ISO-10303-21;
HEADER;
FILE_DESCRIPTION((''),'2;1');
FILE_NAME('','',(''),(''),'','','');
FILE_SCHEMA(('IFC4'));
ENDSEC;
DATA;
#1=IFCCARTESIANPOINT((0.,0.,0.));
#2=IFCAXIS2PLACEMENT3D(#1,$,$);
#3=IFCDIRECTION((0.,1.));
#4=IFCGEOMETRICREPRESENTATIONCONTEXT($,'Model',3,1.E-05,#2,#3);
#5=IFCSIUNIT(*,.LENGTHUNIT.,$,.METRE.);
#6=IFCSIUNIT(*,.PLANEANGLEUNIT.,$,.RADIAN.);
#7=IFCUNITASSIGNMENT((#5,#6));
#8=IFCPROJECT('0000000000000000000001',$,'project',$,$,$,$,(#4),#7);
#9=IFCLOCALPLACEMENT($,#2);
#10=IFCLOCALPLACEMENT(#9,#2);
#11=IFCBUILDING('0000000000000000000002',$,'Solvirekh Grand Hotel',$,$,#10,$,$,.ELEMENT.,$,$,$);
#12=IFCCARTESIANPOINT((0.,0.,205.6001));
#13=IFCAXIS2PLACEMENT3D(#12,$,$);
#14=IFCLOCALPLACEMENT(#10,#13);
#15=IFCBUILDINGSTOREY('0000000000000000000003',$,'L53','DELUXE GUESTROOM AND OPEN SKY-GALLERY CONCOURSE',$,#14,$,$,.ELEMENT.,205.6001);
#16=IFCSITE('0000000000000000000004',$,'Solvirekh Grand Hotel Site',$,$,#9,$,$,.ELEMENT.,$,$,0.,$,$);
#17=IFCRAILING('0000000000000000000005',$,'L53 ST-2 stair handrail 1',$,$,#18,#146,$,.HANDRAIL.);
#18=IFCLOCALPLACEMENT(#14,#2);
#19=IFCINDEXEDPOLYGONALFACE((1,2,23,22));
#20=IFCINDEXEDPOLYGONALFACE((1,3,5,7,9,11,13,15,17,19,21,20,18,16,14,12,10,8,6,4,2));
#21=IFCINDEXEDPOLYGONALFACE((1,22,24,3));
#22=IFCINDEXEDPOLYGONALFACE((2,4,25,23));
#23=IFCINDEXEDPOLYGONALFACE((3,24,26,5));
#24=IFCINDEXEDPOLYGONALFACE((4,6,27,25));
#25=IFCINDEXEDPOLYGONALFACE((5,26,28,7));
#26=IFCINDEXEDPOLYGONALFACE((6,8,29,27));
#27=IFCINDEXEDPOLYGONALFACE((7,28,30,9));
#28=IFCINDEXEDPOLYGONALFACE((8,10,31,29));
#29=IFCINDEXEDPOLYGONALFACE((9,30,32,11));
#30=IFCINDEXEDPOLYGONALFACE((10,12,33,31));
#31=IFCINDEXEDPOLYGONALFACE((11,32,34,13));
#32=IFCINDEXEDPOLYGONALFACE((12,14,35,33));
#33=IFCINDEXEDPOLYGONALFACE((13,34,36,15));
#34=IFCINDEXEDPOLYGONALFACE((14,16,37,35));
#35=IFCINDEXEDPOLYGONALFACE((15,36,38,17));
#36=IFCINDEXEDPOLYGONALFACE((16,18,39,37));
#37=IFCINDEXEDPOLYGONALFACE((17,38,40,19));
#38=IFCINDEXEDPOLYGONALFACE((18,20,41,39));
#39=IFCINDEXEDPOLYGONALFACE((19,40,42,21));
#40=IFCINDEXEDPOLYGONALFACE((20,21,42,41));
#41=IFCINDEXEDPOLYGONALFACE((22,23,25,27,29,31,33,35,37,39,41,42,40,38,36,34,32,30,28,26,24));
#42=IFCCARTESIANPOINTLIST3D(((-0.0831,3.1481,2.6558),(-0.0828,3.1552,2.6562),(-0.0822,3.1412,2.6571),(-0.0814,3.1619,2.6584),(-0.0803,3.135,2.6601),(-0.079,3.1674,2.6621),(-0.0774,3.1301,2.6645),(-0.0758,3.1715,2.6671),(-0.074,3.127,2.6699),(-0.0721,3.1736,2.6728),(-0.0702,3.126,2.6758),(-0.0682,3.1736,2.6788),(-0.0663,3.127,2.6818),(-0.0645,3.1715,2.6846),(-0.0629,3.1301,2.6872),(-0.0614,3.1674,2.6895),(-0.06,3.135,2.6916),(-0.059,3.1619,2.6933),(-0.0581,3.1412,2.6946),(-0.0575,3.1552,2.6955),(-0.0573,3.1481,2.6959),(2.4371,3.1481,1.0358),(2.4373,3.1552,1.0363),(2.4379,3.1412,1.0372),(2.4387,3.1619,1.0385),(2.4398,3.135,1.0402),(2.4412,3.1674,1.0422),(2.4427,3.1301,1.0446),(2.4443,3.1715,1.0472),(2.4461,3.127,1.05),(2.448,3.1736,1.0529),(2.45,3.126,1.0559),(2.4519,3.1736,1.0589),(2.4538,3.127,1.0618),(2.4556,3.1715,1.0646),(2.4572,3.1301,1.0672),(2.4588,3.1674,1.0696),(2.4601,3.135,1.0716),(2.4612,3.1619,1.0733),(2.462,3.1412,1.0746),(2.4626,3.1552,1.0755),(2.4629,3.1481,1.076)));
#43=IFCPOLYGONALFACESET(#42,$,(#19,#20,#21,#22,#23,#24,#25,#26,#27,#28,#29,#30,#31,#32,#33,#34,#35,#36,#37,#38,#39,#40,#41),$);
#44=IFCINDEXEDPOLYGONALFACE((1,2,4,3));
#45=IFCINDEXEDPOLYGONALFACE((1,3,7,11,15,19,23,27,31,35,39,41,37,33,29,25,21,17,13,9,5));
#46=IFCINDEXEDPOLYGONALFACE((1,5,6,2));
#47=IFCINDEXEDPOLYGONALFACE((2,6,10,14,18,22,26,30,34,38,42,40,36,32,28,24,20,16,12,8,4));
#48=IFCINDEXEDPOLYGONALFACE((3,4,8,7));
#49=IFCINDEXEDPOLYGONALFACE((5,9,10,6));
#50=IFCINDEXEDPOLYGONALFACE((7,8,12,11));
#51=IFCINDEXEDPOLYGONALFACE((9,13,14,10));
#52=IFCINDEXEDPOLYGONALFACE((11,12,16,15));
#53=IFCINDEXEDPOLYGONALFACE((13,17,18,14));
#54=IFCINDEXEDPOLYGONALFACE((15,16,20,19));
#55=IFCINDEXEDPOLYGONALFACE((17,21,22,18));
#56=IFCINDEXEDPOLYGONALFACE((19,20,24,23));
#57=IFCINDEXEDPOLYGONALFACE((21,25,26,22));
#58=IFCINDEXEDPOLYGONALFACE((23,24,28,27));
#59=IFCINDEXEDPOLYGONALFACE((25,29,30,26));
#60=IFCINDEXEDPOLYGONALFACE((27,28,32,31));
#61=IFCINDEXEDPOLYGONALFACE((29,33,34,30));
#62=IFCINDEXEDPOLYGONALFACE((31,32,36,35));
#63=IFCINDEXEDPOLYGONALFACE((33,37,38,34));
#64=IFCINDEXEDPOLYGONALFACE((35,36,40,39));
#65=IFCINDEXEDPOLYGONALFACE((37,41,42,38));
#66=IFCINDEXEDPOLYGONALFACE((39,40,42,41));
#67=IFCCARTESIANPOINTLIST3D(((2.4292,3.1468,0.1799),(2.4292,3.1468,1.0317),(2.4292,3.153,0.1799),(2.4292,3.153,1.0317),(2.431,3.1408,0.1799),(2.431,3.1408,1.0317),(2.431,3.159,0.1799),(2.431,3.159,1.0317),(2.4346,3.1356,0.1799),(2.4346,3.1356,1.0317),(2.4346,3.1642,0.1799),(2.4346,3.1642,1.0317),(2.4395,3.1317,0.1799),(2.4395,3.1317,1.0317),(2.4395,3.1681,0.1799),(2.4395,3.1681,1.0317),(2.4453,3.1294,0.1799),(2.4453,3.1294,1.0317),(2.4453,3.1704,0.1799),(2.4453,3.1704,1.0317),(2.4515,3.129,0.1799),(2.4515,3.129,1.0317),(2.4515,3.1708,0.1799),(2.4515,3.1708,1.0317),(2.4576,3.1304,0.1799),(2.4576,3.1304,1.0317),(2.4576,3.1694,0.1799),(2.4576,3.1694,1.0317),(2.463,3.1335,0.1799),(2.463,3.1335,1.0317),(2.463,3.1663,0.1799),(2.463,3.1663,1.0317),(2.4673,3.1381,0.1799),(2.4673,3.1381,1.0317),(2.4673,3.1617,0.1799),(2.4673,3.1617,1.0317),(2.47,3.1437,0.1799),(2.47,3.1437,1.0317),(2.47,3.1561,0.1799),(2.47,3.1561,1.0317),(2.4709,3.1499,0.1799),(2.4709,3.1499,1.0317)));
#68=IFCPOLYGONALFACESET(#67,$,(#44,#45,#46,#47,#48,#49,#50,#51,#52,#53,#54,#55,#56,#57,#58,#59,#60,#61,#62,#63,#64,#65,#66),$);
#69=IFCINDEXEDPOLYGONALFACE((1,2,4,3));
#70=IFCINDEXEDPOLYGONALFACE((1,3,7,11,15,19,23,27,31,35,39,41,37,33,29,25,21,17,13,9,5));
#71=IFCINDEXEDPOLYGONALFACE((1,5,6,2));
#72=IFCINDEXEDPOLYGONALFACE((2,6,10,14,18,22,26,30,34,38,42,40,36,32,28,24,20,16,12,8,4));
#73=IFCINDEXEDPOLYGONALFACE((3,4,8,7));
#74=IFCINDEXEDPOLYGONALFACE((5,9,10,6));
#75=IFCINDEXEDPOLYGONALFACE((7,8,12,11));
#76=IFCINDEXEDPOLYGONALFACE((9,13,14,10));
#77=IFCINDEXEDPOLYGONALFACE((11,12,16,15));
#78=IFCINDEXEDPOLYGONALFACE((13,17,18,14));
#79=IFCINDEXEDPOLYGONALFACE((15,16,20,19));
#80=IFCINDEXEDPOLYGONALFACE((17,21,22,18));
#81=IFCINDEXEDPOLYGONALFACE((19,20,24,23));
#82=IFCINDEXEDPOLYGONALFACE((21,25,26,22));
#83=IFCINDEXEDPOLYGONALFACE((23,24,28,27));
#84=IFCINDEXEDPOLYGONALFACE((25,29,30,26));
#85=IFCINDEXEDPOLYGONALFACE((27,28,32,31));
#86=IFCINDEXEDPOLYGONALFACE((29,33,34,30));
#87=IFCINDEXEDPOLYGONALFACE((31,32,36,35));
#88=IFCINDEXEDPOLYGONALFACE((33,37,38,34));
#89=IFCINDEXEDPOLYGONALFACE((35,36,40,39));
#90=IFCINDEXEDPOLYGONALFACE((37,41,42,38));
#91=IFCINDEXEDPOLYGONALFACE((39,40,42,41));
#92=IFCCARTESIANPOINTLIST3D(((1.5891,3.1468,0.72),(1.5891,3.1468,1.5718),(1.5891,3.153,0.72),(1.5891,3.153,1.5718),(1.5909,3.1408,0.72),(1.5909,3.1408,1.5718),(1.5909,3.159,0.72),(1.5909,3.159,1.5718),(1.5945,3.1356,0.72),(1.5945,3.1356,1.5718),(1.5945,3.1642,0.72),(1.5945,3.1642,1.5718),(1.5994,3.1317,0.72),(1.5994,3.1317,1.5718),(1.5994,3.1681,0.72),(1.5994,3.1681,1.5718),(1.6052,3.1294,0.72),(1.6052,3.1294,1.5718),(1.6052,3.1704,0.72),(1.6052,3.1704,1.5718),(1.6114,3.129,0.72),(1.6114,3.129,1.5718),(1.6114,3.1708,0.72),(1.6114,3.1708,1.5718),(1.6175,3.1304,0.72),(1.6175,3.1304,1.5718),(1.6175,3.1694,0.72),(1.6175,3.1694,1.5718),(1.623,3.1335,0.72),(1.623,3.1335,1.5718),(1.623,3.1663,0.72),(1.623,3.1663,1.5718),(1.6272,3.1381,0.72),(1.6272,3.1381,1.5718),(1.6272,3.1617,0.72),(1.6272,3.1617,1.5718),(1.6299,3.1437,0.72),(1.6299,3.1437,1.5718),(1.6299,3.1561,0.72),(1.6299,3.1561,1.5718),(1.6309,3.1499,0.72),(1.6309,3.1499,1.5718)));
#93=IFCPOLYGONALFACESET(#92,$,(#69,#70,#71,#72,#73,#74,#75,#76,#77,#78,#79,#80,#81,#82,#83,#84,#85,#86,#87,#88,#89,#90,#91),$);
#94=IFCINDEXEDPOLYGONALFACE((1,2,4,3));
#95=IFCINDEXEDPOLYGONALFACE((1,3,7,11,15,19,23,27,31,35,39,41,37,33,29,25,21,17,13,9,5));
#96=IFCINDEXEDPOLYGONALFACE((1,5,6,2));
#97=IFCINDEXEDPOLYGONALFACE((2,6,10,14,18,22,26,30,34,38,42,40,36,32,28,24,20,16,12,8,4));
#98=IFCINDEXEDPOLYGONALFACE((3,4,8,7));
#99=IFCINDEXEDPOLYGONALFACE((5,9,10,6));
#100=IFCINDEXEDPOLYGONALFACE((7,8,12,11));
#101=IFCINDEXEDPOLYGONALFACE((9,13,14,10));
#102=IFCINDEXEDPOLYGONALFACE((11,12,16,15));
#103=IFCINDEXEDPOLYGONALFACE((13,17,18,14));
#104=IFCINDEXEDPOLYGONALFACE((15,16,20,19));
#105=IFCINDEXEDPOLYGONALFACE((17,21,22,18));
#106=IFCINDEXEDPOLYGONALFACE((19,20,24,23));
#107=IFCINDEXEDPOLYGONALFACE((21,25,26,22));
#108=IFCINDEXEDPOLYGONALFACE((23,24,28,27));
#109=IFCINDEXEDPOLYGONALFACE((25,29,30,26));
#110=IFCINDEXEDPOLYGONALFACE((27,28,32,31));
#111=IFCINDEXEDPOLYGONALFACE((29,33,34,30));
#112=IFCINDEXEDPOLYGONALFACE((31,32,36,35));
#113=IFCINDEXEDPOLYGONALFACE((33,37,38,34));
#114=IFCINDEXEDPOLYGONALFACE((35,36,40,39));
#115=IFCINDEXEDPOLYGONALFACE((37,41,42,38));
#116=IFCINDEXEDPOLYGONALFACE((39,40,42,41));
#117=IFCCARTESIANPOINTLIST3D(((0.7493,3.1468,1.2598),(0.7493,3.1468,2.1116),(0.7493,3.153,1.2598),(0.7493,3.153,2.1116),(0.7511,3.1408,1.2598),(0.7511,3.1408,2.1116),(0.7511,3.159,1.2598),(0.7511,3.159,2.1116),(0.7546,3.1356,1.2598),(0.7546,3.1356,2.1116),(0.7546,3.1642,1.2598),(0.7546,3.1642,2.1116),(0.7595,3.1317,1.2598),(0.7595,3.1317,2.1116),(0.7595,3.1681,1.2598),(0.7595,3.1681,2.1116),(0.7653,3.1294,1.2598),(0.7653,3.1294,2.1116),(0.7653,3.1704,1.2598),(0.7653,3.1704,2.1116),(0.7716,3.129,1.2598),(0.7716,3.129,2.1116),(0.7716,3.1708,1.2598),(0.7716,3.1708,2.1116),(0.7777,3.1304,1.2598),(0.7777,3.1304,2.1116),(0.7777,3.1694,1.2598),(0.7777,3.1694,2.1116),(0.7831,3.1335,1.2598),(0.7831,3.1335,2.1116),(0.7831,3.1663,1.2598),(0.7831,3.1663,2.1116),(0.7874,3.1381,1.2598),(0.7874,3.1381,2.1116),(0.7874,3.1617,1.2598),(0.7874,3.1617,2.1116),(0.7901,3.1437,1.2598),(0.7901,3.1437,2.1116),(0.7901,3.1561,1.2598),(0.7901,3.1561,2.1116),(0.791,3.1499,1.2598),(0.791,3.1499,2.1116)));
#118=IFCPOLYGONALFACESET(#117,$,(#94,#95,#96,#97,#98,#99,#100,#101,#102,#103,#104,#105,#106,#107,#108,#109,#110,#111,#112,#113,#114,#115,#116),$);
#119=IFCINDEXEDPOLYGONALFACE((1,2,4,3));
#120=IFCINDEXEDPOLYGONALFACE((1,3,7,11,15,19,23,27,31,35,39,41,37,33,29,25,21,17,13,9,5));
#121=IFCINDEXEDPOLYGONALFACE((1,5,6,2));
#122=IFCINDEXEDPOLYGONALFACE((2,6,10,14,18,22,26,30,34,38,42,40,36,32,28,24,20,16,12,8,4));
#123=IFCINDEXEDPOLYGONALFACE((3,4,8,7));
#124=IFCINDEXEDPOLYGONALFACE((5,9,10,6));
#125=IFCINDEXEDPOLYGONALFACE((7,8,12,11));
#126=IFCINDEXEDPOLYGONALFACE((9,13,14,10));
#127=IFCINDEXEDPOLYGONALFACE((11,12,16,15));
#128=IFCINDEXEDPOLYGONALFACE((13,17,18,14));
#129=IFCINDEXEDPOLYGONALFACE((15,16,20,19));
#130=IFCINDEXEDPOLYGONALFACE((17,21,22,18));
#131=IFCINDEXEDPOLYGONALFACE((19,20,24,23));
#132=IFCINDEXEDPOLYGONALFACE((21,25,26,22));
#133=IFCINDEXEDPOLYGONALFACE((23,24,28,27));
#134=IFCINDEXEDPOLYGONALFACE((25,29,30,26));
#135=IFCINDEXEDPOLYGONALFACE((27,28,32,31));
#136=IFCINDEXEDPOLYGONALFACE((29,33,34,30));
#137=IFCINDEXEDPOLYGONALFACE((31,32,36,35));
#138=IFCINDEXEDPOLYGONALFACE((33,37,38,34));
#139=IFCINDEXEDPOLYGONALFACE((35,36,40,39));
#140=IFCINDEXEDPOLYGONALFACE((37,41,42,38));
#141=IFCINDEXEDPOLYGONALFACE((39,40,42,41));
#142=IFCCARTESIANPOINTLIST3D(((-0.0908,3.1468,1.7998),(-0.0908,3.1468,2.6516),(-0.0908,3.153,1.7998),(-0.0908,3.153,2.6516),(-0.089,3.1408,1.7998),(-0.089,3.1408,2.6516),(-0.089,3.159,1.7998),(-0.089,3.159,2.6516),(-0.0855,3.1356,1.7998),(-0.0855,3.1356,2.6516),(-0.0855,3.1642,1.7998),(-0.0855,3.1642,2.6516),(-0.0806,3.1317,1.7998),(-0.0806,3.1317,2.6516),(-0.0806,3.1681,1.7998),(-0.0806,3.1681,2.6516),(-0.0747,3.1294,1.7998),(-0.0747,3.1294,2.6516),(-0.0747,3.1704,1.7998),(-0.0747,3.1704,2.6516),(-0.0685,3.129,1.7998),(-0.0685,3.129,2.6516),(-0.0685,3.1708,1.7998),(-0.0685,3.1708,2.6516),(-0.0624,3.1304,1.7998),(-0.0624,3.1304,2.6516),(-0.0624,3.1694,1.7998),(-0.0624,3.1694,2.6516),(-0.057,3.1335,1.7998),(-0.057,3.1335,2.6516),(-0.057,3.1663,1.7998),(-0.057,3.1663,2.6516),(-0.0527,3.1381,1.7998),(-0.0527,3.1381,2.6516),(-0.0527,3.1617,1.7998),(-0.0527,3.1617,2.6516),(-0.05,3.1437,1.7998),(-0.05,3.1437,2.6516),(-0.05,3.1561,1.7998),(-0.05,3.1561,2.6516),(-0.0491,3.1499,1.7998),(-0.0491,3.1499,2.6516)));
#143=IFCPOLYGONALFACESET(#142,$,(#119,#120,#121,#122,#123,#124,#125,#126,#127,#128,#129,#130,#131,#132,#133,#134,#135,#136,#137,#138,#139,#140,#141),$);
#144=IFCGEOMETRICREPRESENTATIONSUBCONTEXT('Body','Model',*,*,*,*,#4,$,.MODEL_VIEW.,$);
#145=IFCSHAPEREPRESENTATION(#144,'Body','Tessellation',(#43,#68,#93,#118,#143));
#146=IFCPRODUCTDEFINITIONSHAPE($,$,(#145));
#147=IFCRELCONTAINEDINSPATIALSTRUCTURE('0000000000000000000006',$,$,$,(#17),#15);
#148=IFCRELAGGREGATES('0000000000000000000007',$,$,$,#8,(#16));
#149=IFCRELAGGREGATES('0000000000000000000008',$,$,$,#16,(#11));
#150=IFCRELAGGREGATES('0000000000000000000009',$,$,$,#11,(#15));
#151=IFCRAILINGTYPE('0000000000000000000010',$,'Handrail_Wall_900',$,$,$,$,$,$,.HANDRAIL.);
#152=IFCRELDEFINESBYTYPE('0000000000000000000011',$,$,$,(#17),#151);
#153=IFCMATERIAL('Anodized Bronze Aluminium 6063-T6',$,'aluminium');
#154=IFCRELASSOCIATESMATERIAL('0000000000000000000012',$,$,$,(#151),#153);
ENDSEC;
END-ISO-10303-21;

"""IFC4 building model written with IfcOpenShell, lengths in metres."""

from ifc_helpers import new_model, si_unit, direction, frame, origin, origin_2d, place, context, subcontext, project, spatial, circle, extrude, material, type_object, element, save


model = new_model("IFC4")

# Units and contexts
model_context = context("Model", 3, precision=1e-05, world=origin(), true_north=direction((0.0, 1.0)))
body_context = subcontext(model_context, "Body", "Model", "MODEL_VIEW")
ifc_project = project(units=[si_unit("LENGTHUNIT", "METRE"), si_unit("PLANEANGLEUNIT", "RADIAN")], contexts=[model_context])

# Site, building, storey
site_placement = place(None, origin())
site = spatial("IfcSite", under=ifc_project, at=site_placement, Name="Solvirekh Grand Hotel Site", CompositionType="ELEMENT", RefElevation=0.0)
building_placement = place(site_placement, origin())
building = spatial("IfcBuilding", under=site, at=building_placement, Name="Solvirekh Grand Hotel", CompositionType="ELEMENT")
storey_placement = place(building_placement, frame((0.0, 0.0, 205.6001)))
storey = spatial("IfcBuildingStorey", under=building, at=storey_placement, Name="L53", Description="DELUXE GUESTROOM AND OPEN SKY-GALLERY CONCOURSE", CompositionType="ELEMENT", Elevation=205.6001)

# Railing
ifc_material_1 = material(Name="Anodized Bronze Aluminium 6063-T6", Category="aluminium")
railing_type_1 = type_object("IfcRailingType", Name="Handrail_Wall_900", PredefinedType="HANDRAIL", material=ifc_material_1)
railing_1_placement = place(storey_placement, frame((2.45, 3.1499, 0.1799)))
element("IfcRailing", 1, at=railing_1_placement, inside=storey, type_object=railing_type_1, Name="L53 ST-2 stair handrail 1", PredefinedType="HANDRAIL", context=body_context, shape_type="SweptSolid", body=[
    extrude(circle(Radius=0.0239, at=origin_2d()), frame((0.0, 0.0, 0.876), z_axis=(-0.8412, 0.0, 0.540725), x_axis=(0.0, -1.0, 0.0)), (0.0, 0.0, 1.0), 2.9958),
    extrude(circle(Radius=0.021, at=origin_2d()), origin(), (0.0, 0.0, 1.0), 0.8518),
    extrude(circle(Radius=0.021, at=origin_2d()), frame((-0.8401, 0.0, 0.54)), (0.0, 0.0, 1.0), 0.8518),
    extrude(circle(Radius=0.021, at=origin_2d()), frame((-1.6799, 0.0, 1.0798)), (0.0, 0.0, 1.0), 0.8518),
    extrude(circle(Radius=0.021, at=origin_2d()), frame((-2.52, 0.0, 1.6199)), (0.0, 0.0, 1.0), 0.8518),
])

save(model, "model.ifc")
